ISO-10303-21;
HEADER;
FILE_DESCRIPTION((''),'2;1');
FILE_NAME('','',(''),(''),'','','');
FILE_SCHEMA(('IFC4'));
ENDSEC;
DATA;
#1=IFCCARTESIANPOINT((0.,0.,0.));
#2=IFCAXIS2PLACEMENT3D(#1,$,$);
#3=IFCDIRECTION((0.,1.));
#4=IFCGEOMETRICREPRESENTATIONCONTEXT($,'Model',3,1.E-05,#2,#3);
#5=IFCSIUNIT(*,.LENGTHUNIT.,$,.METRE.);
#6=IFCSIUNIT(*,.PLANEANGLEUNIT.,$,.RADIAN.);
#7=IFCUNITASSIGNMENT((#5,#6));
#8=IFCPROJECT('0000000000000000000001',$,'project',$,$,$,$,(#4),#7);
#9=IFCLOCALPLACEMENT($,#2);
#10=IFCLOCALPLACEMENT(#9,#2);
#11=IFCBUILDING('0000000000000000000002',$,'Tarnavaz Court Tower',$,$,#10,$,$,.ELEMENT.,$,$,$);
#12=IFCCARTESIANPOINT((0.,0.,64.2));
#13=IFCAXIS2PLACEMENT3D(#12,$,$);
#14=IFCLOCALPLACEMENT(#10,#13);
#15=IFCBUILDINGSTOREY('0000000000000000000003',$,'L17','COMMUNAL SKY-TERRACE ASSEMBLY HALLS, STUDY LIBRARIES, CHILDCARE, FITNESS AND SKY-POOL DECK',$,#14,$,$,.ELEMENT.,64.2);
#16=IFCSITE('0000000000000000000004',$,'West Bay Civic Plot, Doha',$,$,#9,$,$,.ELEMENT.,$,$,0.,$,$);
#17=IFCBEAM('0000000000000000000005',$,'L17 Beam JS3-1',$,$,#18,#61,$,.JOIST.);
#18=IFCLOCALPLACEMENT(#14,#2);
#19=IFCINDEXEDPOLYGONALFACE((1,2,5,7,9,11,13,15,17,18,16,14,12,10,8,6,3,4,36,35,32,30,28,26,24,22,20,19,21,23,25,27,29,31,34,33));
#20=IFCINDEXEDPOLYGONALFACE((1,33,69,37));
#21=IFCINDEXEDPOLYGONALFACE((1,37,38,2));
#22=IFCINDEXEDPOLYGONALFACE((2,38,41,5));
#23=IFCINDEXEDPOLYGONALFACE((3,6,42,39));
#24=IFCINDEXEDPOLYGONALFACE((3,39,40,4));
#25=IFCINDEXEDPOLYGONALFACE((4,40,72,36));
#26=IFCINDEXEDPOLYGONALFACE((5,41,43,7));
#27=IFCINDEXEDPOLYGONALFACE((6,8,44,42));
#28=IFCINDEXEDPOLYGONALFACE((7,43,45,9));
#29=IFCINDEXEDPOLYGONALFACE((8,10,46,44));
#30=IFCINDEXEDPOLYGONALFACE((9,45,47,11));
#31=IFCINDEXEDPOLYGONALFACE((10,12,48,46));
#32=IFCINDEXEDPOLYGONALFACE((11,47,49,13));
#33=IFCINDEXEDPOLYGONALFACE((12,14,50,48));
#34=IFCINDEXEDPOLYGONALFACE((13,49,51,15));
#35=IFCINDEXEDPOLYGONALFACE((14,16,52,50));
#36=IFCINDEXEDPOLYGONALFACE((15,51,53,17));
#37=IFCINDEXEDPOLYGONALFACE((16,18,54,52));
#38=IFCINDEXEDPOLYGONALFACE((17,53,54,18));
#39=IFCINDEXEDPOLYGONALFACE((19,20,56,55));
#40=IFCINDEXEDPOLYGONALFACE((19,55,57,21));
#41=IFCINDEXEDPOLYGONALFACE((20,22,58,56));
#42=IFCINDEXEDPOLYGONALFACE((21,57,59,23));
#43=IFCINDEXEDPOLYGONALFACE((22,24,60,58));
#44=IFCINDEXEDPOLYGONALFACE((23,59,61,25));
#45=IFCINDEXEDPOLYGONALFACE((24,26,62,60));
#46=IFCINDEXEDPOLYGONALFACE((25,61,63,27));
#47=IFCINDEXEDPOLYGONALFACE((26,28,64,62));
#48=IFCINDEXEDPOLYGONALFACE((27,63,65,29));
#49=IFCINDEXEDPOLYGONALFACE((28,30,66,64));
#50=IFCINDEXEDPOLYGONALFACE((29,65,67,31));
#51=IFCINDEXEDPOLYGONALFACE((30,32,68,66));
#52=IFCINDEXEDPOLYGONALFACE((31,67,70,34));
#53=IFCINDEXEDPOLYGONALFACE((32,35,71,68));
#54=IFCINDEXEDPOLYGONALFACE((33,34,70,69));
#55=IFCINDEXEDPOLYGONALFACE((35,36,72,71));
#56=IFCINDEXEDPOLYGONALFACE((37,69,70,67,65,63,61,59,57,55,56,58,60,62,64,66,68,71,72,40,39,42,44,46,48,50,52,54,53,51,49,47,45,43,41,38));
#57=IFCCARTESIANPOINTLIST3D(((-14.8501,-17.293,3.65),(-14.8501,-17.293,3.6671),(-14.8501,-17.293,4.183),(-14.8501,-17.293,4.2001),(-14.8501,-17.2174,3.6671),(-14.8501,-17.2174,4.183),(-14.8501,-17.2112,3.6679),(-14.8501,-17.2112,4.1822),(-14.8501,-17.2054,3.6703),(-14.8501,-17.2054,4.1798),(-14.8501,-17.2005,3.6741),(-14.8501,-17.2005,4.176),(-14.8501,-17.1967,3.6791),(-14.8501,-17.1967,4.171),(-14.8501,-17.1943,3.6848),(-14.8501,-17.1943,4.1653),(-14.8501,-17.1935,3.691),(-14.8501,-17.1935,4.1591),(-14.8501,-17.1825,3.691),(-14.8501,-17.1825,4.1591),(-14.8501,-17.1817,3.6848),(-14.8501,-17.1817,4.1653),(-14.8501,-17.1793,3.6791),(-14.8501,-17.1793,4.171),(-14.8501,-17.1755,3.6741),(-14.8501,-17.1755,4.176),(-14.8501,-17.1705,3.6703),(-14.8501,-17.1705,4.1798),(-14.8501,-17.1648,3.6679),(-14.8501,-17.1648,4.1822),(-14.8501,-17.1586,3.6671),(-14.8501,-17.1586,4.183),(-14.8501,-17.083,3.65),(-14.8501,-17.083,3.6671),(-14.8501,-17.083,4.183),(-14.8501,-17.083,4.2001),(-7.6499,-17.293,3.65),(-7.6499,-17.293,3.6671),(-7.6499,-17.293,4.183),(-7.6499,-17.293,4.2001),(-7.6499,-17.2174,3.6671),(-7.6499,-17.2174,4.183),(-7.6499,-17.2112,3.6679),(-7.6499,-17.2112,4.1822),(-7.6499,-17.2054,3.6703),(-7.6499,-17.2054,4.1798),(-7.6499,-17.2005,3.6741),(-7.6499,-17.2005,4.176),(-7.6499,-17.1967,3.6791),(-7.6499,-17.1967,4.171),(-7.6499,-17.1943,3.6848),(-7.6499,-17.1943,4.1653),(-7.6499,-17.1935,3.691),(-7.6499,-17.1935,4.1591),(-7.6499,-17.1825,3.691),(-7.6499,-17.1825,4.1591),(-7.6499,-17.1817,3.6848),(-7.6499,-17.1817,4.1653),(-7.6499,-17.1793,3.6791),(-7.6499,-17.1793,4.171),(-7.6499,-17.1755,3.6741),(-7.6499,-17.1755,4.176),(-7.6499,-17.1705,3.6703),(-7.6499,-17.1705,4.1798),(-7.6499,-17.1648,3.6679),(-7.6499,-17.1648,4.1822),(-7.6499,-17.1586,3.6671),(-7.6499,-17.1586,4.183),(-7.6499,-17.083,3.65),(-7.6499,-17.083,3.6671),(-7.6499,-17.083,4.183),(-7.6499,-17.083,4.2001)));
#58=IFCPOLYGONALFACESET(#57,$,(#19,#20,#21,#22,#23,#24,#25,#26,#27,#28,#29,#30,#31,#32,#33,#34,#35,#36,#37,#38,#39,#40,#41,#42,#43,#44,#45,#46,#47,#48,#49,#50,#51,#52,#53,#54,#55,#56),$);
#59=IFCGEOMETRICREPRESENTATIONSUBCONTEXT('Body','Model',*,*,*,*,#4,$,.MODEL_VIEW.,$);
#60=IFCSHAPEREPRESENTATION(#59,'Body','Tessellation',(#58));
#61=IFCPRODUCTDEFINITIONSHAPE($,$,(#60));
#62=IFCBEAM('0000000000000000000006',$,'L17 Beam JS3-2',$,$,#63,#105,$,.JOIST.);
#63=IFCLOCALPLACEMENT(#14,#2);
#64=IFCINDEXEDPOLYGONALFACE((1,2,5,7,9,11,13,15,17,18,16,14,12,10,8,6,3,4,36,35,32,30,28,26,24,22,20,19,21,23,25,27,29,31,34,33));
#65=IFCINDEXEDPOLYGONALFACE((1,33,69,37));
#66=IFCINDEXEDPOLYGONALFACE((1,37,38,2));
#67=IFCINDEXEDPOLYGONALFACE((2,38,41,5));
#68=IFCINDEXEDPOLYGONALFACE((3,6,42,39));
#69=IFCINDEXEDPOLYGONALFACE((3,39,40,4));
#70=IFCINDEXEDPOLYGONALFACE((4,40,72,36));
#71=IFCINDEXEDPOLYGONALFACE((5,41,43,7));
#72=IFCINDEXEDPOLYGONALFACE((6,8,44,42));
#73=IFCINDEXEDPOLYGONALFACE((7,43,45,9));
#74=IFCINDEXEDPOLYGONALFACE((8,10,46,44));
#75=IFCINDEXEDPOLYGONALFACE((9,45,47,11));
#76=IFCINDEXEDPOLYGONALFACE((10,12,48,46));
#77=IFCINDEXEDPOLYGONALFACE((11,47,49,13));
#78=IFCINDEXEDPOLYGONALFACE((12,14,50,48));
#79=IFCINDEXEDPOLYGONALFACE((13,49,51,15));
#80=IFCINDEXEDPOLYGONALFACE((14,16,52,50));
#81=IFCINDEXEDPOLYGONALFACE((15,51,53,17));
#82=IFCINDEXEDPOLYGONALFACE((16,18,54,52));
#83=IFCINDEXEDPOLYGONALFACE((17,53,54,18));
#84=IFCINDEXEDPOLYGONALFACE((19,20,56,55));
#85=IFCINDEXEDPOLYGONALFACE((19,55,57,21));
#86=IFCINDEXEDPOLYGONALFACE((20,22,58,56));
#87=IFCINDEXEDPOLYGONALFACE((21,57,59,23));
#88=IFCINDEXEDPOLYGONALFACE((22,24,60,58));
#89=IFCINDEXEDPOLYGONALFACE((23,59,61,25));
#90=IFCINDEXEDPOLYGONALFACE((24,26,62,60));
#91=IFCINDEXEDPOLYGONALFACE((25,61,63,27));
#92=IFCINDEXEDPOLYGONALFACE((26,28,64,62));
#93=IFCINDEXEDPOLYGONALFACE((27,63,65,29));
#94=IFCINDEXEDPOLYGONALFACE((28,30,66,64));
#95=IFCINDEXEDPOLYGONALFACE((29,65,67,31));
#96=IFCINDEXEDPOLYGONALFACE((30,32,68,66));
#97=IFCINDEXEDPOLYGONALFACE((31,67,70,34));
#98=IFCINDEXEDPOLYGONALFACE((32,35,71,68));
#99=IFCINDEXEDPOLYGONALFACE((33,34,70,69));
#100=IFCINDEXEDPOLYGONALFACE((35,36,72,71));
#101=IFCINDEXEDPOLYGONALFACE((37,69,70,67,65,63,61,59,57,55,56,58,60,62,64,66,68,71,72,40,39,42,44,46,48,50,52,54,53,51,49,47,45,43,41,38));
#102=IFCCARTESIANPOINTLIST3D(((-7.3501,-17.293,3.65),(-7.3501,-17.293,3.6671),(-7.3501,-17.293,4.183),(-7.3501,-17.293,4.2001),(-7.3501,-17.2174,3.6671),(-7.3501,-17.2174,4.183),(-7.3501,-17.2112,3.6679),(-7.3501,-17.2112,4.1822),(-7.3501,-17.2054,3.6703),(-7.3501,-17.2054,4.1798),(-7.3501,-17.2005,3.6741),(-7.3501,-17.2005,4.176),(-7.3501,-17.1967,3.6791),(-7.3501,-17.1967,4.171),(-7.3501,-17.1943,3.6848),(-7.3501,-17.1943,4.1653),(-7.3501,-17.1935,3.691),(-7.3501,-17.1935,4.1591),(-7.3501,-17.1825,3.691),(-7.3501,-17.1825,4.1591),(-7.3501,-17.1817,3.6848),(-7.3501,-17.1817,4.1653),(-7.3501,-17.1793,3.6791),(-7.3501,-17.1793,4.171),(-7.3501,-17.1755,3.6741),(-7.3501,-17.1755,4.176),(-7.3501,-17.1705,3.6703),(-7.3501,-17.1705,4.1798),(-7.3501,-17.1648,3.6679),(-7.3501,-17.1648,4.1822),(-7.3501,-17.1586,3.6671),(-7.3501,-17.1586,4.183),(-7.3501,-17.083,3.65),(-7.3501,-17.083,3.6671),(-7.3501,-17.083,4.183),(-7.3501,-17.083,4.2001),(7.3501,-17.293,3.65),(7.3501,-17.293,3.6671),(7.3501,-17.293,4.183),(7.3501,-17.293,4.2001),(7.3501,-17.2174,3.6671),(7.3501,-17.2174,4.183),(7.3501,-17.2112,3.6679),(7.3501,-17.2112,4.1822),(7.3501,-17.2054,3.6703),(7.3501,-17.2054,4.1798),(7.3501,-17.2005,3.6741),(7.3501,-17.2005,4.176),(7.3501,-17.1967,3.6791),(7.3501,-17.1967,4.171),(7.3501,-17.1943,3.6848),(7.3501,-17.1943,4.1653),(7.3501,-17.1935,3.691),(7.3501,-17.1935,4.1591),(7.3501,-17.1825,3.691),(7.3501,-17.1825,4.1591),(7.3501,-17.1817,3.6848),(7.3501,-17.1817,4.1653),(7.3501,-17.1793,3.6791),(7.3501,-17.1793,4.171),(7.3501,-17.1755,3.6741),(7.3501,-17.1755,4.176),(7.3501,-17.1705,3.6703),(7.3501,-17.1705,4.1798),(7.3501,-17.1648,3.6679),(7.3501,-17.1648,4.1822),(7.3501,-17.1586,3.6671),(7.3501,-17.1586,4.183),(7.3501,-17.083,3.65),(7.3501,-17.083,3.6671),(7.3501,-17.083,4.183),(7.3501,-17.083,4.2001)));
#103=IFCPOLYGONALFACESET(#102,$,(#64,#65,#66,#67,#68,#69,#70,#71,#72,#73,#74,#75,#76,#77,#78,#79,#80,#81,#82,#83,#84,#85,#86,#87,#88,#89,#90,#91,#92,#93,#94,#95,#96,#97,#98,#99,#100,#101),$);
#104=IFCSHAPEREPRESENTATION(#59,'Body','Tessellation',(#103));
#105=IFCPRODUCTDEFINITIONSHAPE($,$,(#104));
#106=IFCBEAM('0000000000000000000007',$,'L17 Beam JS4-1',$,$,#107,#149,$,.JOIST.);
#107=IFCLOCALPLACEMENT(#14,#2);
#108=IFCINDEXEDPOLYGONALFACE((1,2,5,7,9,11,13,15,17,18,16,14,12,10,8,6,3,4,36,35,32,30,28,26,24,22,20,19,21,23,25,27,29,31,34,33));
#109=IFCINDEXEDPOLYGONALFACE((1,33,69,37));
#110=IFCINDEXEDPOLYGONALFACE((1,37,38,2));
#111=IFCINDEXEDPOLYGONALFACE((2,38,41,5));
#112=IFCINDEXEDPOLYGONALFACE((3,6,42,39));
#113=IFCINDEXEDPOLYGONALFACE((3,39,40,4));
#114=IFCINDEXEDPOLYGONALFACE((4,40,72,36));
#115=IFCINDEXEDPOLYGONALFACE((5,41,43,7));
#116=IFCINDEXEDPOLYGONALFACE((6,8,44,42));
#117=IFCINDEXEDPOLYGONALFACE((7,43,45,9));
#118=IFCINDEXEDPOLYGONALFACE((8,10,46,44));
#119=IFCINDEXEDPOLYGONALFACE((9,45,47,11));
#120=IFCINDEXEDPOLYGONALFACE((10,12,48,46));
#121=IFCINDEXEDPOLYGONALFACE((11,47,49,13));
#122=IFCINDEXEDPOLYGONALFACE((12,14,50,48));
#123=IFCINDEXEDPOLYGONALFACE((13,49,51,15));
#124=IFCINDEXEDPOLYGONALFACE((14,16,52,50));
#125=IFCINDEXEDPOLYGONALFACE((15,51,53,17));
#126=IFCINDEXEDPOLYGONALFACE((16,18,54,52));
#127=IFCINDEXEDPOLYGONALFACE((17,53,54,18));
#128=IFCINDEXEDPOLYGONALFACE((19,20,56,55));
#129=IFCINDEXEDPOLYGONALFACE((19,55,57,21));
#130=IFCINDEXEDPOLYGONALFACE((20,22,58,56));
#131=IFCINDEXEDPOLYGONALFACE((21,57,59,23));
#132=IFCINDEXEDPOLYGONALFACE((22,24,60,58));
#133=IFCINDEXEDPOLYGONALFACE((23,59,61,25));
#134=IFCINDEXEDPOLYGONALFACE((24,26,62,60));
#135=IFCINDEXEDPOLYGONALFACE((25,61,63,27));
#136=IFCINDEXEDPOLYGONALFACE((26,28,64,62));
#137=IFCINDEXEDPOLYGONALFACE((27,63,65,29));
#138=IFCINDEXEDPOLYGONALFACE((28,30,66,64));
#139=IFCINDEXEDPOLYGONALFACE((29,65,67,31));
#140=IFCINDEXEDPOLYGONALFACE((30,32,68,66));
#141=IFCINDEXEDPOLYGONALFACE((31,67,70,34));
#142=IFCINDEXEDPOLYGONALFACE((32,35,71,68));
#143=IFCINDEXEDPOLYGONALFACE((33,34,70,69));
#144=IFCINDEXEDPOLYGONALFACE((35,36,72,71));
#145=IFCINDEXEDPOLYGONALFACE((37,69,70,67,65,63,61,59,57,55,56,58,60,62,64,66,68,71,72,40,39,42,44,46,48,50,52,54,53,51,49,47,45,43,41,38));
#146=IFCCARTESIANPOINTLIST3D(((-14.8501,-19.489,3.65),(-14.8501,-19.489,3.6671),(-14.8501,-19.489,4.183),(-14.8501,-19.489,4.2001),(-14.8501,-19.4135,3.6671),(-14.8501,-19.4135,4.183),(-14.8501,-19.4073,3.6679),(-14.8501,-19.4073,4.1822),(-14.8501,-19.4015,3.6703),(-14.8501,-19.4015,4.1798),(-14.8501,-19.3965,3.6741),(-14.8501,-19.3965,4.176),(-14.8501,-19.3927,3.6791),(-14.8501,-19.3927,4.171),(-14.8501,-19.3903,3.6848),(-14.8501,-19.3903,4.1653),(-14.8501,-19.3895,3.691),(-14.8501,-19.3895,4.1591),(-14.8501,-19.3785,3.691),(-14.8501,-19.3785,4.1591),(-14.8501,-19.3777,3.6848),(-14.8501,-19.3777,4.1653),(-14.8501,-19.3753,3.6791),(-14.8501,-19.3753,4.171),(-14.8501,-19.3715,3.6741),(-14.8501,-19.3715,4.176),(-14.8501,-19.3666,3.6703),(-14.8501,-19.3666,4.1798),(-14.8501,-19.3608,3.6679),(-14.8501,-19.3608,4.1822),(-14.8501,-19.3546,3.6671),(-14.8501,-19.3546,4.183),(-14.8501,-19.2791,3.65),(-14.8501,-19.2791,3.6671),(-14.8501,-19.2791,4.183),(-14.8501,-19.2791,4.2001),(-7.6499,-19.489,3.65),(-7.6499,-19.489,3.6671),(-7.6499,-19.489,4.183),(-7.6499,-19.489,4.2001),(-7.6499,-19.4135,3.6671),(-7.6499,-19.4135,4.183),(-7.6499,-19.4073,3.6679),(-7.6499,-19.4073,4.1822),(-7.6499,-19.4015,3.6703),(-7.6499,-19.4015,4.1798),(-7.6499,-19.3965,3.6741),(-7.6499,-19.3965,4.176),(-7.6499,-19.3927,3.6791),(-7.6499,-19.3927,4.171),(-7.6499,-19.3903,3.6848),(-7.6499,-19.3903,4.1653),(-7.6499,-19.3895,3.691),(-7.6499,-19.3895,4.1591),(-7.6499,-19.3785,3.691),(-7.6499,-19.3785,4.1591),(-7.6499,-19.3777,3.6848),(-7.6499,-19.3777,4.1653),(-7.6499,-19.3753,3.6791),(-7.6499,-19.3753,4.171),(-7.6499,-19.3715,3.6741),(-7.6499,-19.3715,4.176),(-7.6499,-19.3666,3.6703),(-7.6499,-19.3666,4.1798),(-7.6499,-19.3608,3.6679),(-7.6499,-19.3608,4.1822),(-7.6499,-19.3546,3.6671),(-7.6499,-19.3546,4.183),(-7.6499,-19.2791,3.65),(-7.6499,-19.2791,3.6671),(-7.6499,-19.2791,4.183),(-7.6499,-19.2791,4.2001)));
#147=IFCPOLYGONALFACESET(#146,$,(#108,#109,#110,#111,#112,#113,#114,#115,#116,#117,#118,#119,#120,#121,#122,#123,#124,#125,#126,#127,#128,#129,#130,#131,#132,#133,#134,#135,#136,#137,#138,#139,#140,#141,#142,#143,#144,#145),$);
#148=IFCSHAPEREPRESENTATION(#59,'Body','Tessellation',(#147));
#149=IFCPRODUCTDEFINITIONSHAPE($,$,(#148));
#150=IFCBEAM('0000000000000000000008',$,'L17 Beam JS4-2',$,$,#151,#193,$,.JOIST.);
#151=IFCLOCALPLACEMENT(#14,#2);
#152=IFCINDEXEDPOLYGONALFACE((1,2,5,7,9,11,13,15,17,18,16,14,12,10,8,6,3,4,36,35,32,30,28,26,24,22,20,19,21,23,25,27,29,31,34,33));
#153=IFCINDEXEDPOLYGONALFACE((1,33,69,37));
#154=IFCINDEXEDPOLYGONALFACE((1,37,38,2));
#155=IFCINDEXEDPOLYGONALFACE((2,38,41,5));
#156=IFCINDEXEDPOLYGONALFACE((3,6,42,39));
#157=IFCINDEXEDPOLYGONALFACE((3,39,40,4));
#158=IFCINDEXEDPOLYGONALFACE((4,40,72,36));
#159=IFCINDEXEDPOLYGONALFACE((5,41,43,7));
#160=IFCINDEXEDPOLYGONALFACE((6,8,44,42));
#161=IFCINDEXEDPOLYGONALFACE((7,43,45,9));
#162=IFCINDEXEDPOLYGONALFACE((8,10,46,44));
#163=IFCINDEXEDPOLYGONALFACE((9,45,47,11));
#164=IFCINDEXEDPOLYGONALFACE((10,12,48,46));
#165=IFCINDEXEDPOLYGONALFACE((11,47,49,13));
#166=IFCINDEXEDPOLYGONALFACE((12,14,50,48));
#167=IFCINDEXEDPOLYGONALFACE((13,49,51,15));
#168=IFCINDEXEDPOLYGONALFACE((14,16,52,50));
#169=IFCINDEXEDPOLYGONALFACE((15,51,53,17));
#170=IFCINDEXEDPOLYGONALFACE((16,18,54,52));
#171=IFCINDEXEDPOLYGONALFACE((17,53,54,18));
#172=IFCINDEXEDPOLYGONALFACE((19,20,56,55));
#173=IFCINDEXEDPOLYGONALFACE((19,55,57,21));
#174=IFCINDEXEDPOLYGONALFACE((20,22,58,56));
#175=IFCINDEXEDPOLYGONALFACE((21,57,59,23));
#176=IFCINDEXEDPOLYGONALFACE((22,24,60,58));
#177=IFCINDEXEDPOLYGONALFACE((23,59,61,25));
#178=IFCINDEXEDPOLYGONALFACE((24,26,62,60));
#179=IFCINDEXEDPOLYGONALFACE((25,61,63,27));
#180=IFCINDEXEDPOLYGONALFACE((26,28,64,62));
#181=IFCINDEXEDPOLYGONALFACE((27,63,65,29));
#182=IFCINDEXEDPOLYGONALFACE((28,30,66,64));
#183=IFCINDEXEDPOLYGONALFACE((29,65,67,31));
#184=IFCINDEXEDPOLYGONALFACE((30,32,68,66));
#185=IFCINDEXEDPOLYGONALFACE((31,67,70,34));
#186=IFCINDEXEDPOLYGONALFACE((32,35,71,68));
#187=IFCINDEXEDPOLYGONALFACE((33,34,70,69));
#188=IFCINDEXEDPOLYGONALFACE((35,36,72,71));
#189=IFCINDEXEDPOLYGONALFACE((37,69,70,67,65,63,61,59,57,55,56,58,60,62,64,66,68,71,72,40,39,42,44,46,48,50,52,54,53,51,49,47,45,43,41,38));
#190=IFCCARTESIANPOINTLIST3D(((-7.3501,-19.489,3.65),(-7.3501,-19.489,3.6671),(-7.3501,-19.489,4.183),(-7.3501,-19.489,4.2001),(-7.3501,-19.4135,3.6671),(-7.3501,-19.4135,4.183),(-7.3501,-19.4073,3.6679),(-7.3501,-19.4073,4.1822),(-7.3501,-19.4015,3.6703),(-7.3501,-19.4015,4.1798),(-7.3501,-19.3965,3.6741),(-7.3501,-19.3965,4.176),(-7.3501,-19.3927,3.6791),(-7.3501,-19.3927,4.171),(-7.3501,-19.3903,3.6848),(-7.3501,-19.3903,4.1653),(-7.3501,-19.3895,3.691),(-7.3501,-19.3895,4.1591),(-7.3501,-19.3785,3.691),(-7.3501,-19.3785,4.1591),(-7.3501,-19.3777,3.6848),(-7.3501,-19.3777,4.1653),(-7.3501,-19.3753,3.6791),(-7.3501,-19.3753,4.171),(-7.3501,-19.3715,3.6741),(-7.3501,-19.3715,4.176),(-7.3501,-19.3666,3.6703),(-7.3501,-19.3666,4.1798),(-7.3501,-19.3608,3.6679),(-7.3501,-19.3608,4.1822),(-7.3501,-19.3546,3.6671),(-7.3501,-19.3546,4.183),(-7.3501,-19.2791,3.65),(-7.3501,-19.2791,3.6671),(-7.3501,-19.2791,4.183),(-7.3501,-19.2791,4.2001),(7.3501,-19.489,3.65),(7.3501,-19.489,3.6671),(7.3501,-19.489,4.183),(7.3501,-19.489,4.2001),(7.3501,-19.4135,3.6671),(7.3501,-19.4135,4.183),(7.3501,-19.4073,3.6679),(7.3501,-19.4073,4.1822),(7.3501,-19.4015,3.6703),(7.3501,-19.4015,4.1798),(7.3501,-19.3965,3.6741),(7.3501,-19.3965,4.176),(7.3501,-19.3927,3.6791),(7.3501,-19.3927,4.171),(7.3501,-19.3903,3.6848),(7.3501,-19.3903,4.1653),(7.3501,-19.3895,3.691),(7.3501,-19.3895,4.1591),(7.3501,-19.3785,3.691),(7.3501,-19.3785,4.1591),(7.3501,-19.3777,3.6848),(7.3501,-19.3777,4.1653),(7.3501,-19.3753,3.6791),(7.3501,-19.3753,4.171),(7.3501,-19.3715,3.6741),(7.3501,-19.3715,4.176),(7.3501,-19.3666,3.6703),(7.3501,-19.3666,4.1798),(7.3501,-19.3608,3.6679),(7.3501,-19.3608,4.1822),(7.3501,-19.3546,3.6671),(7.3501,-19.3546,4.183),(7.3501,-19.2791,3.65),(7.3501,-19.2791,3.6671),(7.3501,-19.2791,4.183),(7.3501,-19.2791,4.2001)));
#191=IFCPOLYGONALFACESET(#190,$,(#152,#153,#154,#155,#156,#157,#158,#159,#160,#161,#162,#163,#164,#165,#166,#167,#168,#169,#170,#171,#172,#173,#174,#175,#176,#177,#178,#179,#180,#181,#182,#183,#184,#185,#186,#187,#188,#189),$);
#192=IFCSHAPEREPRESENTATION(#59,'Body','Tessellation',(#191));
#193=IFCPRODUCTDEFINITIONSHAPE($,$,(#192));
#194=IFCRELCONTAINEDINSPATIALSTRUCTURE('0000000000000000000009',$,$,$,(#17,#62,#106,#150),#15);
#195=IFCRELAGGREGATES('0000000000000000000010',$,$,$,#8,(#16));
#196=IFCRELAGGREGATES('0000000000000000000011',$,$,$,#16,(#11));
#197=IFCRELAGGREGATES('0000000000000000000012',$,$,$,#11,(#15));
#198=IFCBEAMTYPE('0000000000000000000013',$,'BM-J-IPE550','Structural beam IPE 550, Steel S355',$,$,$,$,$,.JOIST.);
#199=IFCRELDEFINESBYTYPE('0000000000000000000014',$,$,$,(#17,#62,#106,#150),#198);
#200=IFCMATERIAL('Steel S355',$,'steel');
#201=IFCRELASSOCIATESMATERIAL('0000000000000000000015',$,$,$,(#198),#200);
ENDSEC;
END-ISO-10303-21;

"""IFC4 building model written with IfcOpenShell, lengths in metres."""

from ifc_helpers import new_model, si_unit, direction, frame, origin, origin_2d, place, context, subcontext, project, spatial, i_section, extrude, material, material_profile, profile_set, type_object, element, save


model = new_model("IFC4")

# Units and contexts
model_context = context("Model", 3, precision=1e-05, world=origin(), true_north=direction((0.0, 1.0)))
body_context = subcontext(model_context, "Body", "Model", "MODEL_VIEW")
ifc_project = project(units=[si_unit("LENGTHUNIT", "METRE"), si_unit("PLANEANGLEUNIT", "RADIAN")], contexts=[model_context])

# Site, building, storey
site_placement = place(None, origin())
site = spatial("IfcSite", under=ifc_project, at=site_placement, Name="West Bay Civic Plot, Doha", CompositionType="ELEMENT", RefElevation=0.0)
building_placement = place(site_placement, origin())
building = spatial("IfcBuilding", under=site, at=building_placement, Name="Tarnavaz Court Tower", CompositionType="ELEMENT")
storey_placement = place(building_placement, frame((0.0, 0.0, 64.2)))
storey = spatial("IfcBuildingStorey", under=building, at=storey_placement, Name="L17", Description="COMMUNAL SKY-TERRACE ASSEMBLY HALLS, STUDY LIBRARIES, CHILDCARE, FITNESS AND SKY-POOL DECK", CompositionType="ELEMENT", Elevation=64.2)

# Beams
ifc_material_1 = material(Name="Steel S355", Category="steel")
ifc_material_profile_1 = material_profile(ifc_material_1, i_section(OverallWidth=0.21, OverallDepth=0.55, WebThickness=0.011, FlangeThickness=0.0171, FilletRadius=0.0239, at=origin_2d()), Name="IPE 550")
ifc_profile_set_1 = profile_set([ifc_material_profile_1], Name="Steel S355")
beam_type_1 = type_object("IfcBeamType", Name="BM-J-IPE550", Description="Structural beam IPE 550, Steel S355", PredefinedType="JOIST", material=ifc_profile_set_1)
beam_1_placement = place(storey_placement, frame((-14.8501, -17.188, 3.925), z_axis=(1.0, 0.0, 0.0), x_axis=(0.0, 1.0, 0.0)))
element("IfcBeam", 1, at=beam_1_placement, inside=storey, type_object=beam_type_1, Name="L17 Beam JS3-1", PredefinedType="JOIST", context=body_context, shape_type="SweptSolid", body=[
    extrude(i_section(OverallWidth=0.21, OverallDepth=0.55, WebThickness=0.011, FlangeThickness=0.0171, FilletRadius=0.0239, at=origin_2d()), origin(), (0.0, 0.0, 1.0), 7.2002),
])
beam_2_placement = place(storey_placement, frame((-7.3501, -17.188, 3.925), z_axis=(1.0, 0.0, 0.0), x_axis=(0.0, 1.0, 0.0)))
element("IfcBeam", 2, at=beam_2_placement, inside=storey, type_object=beam_type_1, Name="L17 Beam JS3-2", PredefinedType="JOIST", context=body_context, shape_type="SweptSolid", body=[
    extrude(i_section(OverallWidth=0.21, OverallDepth=0.55, WebThickness=0.011, FlangeThickness=0.0171, FilletRadius=0.0239, at=origin_2d()), origin(), (0.0, 0.0, 1.0), 14.7002),
])
beam_3_placement = place(storey_placement, frame((-14.8501, -19.384, 3.925), z_axis=(1.0, 0.0, 0.0), x_axis=(0.0, 1.0, 0.0)))
element("IfcBeam", 3, at=beam_3_placement, inside=storey, type_object=beam_type_1, Name="L17 Beam JS4-1", PredefinedType="JOIST", context=body_context, shape_type="SweptSolid", body=[
    extrude(i_section(OverallWidth=0.21, OverallDepth=0.55, WebThickness=0.011, FlangeThickness=0.0171, FilletRadius=0.0239, at=origin_2d()), origin(), (0.0, 0.0, 1.0), 7.2002),
])
beam_4_placement = place(storey_placement, frame((-7.3501, -19.384, 3.925), z_axis=(1.0, 0.0, 0.0), x_axis=(0.0, 1.0, 0.0)))
element("IfcBeam", 4, at=beam_4_placement, inside=storey, type_object=beam_type_1, Name="L17 Beam JS4-2", PredefinedType="JOIST", context=body_context, shape_type="SweptSolid", body=[
    extrude(i_section(OverallWidth=0.21, OverallDepth=0.55, WebThickness=0.011, FlangeThickness=0.0171, FilletRadius=0.0239, at=origin_2d()), origin(), (0.0, 0.0, 1.0), 14.7002),
])

save(model, "model.ifc")
